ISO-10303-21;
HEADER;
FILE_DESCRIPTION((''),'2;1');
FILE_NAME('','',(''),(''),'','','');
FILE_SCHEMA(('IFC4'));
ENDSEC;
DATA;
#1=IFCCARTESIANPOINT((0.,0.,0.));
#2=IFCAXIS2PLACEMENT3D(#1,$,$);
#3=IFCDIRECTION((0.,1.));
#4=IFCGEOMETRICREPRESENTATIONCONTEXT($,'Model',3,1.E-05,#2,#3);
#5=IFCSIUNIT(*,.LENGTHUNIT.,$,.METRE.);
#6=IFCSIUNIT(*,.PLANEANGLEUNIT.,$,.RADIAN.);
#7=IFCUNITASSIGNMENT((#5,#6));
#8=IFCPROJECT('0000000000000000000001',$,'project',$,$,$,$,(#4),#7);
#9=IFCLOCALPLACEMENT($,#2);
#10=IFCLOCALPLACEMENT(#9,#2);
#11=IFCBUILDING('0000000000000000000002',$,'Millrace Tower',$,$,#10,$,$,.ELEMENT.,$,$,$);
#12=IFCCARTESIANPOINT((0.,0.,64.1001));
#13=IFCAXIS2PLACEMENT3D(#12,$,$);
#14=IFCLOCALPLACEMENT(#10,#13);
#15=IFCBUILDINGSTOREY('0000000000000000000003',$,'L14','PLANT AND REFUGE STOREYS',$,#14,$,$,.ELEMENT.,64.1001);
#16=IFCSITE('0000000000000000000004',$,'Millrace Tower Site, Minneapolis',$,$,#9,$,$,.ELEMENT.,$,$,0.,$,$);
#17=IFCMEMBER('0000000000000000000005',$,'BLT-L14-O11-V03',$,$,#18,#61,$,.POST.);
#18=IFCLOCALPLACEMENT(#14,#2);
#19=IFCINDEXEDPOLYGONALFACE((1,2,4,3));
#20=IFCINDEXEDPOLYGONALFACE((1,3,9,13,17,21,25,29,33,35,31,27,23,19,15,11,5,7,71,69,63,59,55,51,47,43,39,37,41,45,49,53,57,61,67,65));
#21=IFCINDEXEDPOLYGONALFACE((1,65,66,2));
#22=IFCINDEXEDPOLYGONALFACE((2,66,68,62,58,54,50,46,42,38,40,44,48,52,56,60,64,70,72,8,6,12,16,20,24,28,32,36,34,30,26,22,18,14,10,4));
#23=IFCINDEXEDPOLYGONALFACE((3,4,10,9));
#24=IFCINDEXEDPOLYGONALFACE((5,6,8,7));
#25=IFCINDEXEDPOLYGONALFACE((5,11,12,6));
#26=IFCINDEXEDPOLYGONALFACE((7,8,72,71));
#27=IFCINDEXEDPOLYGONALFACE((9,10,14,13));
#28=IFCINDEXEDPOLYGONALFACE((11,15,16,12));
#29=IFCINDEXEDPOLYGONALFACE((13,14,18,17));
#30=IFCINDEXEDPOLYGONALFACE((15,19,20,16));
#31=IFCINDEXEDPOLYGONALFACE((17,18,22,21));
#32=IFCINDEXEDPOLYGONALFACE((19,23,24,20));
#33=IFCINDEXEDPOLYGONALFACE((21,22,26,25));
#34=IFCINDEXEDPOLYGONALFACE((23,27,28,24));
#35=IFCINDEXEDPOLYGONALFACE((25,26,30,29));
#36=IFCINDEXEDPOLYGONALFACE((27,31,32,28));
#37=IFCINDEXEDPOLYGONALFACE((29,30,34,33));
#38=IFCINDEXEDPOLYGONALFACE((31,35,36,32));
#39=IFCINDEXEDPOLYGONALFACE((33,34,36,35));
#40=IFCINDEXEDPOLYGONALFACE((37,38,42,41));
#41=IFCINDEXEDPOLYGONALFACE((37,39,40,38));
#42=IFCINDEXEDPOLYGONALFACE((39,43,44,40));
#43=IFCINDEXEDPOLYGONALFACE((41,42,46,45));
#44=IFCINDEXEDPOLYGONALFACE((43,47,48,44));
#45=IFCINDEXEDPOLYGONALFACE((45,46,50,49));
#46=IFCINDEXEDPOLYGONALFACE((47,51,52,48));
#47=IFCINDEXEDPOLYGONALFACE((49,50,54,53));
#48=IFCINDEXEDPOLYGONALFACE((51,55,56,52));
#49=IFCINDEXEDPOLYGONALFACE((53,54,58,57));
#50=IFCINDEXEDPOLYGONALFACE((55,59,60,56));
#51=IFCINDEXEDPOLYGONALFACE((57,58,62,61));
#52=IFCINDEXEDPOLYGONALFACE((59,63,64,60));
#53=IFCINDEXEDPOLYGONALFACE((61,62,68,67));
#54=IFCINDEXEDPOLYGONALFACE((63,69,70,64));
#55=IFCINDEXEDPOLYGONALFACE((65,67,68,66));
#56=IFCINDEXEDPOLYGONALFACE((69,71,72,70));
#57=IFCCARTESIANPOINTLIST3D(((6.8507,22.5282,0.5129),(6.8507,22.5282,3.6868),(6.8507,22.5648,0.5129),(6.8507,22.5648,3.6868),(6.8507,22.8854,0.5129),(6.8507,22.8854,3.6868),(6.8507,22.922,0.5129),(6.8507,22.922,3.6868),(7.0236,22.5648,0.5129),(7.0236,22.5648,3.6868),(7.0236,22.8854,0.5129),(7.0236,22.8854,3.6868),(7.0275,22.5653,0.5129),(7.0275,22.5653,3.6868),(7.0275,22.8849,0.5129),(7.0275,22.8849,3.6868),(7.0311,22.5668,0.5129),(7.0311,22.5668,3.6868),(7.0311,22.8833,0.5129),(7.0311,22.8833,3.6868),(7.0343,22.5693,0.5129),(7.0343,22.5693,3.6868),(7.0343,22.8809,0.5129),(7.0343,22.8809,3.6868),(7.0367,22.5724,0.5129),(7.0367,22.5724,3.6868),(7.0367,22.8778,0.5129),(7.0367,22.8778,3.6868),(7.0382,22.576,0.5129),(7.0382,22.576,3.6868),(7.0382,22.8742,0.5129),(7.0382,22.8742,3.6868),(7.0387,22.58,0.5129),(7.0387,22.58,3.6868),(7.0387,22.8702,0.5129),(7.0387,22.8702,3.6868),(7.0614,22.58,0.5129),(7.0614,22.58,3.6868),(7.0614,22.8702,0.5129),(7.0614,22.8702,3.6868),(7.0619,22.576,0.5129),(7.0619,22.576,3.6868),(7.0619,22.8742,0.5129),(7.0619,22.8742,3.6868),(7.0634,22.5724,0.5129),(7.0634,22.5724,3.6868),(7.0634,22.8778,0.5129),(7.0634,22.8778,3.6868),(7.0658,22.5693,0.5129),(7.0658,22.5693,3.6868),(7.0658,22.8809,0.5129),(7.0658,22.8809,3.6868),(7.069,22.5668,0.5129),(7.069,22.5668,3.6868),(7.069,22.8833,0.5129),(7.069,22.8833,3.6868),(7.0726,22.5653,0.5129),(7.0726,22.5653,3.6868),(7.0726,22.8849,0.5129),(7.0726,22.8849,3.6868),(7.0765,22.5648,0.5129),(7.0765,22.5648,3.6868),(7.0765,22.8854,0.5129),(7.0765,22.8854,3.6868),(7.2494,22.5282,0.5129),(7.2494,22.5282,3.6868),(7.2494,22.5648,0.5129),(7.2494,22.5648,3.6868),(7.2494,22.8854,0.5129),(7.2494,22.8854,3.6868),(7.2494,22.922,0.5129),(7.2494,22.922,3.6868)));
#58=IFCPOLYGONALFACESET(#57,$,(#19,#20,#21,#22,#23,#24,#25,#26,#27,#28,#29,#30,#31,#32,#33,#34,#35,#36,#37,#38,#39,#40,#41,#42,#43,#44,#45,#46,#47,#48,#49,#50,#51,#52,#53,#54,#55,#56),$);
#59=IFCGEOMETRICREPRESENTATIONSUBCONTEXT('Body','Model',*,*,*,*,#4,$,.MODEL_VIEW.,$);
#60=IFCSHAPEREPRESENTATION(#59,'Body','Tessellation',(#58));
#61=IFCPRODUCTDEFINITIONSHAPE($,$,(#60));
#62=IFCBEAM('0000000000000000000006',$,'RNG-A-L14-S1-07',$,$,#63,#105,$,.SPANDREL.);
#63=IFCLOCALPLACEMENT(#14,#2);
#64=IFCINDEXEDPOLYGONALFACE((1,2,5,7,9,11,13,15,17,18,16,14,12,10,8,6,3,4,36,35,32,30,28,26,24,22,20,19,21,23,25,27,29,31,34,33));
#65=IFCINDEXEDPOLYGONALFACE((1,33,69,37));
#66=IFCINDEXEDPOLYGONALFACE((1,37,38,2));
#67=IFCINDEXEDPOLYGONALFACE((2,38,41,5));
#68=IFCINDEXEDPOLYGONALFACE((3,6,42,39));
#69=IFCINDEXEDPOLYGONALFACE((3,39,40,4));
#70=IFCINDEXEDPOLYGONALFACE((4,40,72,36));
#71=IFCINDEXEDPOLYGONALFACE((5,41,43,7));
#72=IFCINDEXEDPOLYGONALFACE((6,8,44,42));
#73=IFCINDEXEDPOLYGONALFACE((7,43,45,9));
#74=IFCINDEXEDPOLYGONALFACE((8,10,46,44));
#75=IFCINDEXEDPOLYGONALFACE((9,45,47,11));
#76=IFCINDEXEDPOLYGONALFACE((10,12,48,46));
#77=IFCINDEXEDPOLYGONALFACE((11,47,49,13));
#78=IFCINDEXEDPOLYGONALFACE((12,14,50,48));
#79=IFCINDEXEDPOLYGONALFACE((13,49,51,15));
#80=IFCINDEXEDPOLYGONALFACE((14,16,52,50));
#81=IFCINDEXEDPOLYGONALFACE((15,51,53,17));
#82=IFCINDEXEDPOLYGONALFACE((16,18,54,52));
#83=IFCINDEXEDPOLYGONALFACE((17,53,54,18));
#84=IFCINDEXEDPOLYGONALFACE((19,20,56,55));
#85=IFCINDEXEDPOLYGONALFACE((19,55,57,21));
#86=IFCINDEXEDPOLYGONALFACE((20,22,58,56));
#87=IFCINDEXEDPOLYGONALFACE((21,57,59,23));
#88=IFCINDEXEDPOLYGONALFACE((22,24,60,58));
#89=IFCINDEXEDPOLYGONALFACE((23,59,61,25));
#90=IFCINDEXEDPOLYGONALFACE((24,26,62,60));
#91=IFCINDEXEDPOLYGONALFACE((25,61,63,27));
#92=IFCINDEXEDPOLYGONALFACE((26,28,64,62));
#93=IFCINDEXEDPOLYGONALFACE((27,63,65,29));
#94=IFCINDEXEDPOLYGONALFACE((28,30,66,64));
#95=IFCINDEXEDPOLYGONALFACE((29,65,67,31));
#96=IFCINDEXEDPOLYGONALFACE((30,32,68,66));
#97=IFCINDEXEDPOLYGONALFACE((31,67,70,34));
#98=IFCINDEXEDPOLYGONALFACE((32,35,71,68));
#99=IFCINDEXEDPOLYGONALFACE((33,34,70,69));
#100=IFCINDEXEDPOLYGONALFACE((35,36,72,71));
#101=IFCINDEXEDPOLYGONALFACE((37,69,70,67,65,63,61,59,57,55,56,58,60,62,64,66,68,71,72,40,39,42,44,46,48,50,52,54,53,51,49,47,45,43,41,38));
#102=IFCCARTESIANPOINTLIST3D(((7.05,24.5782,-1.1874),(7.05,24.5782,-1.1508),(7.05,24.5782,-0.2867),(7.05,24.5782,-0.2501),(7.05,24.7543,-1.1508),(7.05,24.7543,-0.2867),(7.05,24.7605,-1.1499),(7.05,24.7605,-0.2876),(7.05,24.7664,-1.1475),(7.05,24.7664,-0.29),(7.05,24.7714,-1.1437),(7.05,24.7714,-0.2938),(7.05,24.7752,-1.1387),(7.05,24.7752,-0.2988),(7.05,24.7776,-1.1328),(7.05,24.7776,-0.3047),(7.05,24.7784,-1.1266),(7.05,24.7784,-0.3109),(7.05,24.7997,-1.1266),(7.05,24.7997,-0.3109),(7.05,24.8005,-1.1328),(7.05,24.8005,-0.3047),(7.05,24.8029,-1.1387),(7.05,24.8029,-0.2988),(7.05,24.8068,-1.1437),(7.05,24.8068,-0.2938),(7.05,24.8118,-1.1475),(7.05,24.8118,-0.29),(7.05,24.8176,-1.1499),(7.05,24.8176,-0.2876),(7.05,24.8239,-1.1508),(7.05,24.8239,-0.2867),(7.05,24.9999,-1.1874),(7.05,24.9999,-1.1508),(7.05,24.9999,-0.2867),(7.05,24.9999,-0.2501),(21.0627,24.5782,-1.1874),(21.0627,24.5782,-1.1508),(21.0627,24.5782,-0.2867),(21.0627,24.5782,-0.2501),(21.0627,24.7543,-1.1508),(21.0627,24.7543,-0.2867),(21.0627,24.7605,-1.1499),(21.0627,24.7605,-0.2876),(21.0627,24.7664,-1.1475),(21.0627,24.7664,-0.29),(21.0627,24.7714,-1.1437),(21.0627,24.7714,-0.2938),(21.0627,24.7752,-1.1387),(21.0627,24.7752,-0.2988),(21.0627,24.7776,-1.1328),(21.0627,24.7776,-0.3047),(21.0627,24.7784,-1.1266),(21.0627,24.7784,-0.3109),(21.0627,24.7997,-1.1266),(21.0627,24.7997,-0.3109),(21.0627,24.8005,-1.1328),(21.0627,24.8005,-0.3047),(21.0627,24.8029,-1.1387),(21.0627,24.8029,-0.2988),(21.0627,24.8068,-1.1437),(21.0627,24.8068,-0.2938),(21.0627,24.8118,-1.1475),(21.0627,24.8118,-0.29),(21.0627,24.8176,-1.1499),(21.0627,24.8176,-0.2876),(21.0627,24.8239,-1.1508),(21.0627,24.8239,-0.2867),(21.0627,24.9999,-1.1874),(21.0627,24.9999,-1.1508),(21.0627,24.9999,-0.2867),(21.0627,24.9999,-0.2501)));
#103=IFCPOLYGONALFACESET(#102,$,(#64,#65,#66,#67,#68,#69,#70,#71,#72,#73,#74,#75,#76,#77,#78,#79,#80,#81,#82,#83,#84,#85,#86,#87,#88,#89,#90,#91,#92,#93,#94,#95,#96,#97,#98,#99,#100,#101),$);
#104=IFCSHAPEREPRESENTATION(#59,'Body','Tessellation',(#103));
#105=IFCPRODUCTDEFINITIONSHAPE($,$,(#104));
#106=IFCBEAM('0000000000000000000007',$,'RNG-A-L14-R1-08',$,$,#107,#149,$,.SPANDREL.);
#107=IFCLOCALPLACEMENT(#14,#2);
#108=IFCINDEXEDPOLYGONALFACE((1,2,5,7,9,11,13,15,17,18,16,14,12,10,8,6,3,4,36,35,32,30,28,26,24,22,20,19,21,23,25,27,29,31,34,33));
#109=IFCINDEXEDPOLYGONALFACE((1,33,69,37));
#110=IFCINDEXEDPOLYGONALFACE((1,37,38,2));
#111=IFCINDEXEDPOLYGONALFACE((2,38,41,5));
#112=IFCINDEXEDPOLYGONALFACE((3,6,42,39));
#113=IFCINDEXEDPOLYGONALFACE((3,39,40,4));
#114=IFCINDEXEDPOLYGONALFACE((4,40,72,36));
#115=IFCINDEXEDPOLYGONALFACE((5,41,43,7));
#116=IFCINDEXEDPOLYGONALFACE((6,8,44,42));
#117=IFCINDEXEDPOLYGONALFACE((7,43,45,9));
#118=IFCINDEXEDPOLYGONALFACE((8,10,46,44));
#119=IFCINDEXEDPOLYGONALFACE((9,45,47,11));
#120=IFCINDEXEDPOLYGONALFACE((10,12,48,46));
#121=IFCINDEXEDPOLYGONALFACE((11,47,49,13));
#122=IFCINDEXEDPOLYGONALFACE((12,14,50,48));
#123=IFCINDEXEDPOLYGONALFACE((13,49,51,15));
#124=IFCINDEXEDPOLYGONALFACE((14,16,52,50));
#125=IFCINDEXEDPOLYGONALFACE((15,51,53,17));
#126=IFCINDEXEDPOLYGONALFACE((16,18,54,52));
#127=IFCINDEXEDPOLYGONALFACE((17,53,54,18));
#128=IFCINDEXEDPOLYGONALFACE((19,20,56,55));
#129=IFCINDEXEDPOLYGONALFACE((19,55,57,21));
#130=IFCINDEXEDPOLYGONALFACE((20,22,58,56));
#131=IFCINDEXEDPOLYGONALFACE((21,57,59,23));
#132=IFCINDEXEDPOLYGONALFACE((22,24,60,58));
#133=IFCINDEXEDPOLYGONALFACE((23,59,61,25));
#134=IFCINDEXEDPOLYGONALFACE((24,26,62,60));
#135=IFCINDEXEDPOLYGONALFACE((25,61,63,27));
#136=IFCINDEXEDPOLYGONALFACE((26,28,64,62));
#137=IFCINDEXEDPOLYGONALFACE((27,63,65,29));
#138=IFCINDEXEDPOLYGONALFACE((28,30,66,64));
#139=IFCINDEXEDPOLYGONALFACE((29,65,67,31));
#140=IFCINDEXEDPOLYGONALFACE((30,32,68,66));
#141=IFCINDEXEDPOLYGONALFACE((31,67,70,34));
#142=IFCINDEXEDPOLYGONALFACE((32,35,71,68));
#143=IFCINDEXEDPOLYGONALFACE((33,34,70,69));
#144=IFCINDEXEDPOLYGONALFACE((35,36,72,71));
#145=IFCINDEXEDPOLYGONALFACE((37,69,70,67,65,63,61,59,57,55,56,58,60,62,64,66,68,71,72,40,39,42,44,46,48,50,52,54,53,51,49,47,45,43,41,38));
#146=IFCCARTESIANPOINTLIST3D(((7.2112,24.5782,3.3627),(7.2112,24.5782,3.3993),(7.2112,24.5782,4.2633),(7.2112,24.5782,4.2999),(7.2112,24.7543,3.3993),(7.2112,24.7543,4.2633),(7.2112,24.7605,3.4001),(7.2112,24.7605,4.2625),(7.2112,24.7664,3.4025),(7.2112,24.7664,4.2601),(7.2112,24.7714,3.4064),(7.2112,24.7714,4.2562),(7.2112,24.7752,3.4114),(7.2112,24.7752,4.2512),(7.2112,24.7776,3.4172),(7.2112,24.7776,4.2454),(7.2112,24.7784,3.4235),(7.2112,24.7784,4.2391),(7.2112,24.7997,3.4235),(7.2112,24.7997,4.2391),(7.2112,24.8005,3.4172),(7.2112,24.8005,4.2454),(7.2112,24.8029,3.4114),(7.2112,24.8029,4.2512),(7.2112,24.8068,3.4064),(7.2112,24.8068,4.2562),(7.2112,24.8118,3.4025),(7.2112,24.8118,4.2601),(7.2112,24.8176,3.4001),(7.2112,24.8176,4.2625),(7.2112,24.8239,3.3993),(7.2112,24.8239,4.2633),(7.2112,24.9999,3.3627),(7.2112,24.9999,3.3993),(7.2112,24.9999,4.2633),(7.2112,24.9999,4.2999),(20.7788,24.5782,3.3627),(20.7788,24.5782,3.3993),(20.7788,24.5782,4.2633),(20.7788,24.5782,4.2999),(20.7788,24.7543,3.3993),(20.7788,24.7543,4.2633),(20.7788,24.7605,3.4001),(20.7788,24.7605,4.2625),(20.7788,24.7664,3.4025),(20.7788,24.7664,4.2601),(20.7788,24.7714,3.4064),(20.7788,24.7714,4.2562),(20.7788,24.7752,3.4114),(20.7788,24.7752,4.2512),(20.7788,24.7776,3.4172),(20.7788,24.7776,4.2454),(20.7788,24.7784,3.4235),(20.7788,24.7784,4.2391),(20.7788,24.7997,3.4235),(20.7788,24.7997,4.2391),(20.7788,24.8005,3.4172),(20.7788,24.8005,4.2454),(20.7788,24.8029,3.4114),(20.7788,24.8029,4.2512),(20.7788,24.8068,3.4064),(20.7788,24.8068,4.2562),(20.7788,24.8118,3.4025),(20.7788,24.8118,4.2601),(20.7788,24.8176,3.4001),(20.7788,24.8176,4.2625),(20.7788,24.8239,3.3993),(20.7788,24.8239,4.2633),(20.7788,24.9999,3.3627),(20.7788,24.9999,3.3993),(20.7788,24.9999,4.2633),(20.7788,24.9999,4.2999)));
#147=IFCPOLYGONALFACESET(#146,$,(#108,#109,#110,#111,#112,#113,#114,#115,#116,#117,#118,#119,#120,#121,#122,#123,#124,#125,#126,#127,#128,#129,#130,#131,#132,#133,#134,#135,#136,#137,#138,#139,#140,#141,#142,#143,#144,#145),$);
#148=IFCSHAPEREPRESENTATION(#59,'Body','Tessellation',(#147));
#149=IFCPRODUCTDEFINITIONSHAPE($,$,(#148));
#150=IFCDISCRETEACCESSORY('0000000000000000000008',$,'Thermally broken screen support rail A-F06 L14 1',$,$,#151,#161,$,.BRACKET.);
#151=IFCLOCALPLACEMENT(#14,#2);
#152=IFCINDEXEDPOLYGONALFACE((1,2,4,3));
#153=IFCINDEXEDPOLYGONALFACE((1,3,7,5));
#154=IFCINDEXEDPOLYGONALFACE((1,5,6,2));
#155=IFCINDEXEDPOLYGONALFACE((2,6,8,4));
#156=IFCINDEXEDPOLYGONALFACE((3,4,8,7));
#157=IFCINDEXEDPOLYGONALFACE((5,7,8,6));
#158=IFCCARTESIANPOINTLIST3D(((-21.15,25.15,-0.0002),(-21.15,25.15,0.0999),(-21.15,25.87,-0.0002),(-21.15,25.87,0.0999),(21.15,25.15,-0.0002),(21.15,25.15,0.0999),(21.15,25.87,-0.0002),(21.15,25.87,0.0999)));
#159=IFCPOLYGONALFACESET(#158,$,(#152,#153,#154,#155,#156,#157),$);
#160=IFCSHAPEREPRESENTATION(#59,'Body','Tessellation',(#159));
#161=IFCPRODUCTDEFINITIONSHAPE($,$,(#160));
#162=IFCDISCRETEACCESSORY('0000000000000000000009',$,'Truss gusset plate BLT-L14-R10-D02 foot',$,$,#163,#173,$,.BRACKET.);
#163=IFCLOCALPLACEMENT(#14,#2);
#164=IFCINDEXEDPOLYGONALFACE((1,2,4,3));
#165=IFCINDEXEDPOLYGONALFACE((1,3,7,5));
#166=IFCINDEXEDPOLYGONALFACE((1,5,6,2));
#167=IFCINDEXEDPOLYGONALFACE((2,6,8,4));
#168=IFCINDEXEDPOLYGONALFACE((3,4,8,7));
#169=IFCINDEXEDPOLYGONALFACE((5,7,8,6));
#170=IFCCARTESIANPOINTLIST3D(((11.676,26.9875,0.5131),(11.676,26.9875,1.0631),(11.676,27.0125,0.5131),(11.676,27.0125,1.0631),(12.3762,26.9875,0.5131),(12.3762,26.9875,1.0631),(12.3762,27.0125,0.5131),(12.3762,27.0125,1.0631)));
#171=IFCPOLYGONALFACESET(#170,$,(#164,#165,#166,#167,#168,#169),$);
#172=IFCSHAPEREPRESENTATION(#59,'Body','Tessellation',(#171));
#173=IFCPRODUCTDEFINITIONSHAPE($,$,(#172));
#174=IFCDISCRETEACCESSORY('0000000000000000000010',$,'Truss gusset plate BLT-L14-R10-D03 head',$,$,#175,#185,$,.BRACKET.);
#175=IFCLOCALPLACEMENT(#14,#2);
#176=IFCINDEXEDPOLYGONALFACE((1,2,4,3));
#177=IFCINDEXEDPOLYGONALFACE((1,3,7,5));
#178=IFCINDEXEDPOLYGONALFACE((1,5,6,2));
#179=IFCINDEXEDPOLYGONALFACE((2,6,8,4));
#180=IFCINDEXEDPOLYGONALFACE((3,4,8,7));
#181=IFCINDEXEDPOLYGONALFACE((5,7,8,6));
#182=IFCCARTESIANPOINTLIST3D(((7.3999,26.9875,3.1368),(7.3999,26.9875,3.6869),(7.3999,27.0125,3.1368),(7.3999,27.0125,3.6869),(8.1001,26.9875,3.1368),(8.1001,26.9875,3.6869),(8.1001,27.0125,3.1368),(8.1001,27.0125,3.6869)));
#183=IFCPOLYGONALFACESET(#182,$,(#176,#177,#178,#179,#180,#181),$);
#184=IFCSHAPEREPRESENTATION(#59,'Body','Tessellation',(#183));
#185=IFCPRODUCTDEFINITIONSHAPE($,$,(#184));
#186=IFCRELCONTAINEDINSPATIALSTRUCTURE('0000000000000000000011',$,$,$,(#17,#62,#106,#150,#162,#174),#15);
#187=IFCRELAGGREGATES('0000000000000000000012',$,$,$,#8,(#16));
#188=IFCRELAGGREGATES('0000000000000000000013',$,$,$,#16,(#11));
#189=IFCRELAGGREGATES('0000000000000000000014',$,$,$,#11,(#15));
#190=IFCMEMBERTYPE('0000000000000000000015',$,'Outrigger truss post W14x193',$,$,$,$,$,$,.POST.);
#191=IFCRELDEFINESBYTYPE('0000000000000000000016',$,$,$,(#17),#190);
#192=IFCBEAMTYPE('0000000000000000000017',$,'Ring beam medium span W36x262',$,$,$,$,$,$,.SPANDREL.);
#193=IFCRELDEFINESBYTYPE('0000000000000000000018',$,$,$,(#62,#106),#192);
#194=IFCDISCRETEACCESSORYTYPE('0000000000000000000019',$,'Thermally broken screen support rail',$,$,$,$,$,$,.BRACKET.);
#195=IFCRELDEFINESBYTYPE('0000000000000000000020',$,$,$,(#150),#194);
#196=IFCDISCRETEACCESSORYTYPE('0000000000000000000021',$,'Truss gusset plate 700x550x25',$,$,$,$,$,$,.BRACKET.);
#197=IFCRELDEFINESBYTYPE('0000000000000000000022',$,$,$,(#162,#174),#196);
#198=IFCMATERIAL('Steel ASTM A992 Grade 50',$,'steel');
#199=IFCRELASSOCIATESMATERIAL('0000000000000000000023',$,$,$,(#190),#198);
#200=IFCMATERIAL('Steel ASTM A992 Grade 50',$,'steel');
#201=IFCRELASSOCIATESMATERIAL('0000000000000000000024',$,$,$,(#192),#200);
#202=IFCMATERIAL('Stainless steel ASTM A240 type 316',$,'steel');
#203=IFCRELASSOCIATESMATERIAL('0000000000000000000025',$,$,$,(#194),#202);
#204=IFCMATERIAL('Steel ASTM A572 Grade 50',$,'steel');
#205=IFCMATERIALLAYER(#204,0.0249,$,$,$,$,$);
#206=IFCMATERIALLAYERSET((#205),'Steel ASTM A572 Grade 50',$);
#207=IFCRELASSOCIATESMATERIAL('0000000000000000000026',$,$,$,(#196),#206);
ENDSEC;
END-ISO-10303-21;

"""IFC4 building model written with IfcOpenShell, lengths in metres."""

from ifc_helpers import new_model, si_unit, direction, frame, origin, origin_2d, place, context, subcontext, project, spatial, rectangle, i_section, extrude, material, layer, layer_set, material_profile, profile_set, type_object, element, save


model = new_model("IFC4")

# Units and contexts
model_context = context("Model", 3, precision=1e-05, world=origin(), true_north=direction((0.0, 1.0)))
body_context = subcontext(model_context, "Body", "Model", "MODEL_VIEW")
ifc_project = project(units=[si_unit("LENGTHUNIT", "METRE"), si_unit("PLANEANGLEUNIT", "RADIAN")], contexts=[model_context])

# Site, building, storey
site_placement = place(None, origin())
site = spatial("IfcSite", under=ifc_project, at=site_placement, Name="Millrace Tower Site, Minneapolis", CompositionType="ELEMENT", RefElevation=0.0)
building_placement = place(site_placement, origin())
building = spatial("IfcBuilding", under=site, at=building_placement, Name="Millrace Tower", CompositionType="ELEMENT")
storey_placement = place(building_placement, frame((0.0, 0.0, 64.1001)))
storey = spatial("IfcBuildingStorey", under=building, at=storey_placement, Name="L14", Description="PLANT AND REFUGE STOREYS", CompositionType="ELEMENT", Elevation=64.1001)

# Member
ifc_material_1 = material(Name="Steel ASTM A992 Grade 50", Category="steel")
ifc_material_profile_1 = material_profile(ifc_material_1, i_section(OverallWidth=0.3987, OverallDepth=0.3938, WebThickness=0.0227, FlangeThickness=0.0366, FilletRadius=0.0151, at=origin_2d()))
ifc_profile_set_1 = profile_set([ifc_material_profile_1], Name="Steel ASTM A992 Grade 50")
member_type_1 = type_object("IfcMemberType", Name="Outrigger truss post W14x193", PredefinedType="POST", material=ifc_profile_set_1)
member_1_placement = place(storey_placement, frame((7.05, 22.7251, 0.5129), z_axis=(0.0, 0.0, 1.0), x_axis=(1.0, 0.0, 0.0)))
element("IfcMember", 1, at=member_1_placement, inside=storey, type_object=member_type_1, Name="BLT-L14-O11-V03", PredefinedType="POST", context=body_context, shape_type="SweptSolid", body=[
    extrude(i_section(OverallWidth=0.3987, OverallDepth=0.3938, WebThickness=0.0227, FlangeThickness=0.0366, FilletRadius=0.0151, at=origin_2d()), origin(), (0.0, 0.0, 1.0), 3.1738),
])

# Beams
ifc_material_2 = material(Name="Steel ASTM A992 Grade 50", Category="steel")
ifc_material_profile_2 = material_profile(ifc_material_2, i_section(OverallWidth=0.4216, OverallDepth=0.9373, WebThickness=0.0212, FlangeThickness=0.0366, FilletRadius=0.0242, at=origin_2d()))
ifc_profile_set_2 = profile_set([ifc_material_profile_2], Name="Steel ASTM A992 Grade 50")
beam_type_1 = type_object("IfcBeamType", Name="Ring beam medium span W36x262", PredefinedType="SPANDREL", material=ifc_profile_set_2)
beam_1_placement = place(storey_placement, frame((7.05, 24.7891, -0.7188), z_axis=(1.0, 0.0, 0.0), x_axis=(0.0, 1.0, 0.0)))
element("IfcBeam", 2, at=beam_1_placement, inside=storey, type_object=beam_type_1, Name="RNG-A-L14-S1-07", PredefinedType="SPANDREL", context=body_context, shape_type="SweptSolid", body=[
    extrude(i_section(OverallWidth=0.4216, OverallDepth=0.9373, WebThickness=0.0212, FlangeThickness=0.0366, FilletRadius=0.0242, at=origin_2d()), origin(), (0.0, 0.0, 1.0), 14.0127),
])
beam_2_placement = place(storey_placement, frame((7.2112, 24.7891, 3.8313), z_axis=(1.0, 0.0, 0.0), x_axis=(0.0, 1.0, 0.0)))
element("IfcBeam", 3, at=beam_2_placement, inside=storey, type_object=beam_type_1, Name="RNG-A-L14-R1-08", PredefinedType="SPANDREL", context=body_context, shape_type="SweptSolid", body=[
    extrude(i_section(OverallWidth=0.4216, OverallDepth=0.9373, WebThickness=0.0212, FlangeThickness=0.0366, FilletRadius=0.0242, at=origin_2d()), origin(), (0.0, 0.0, 1.0), 13.5676),
])

# Discrete accessories
ifc_material_3 = material(Name="Stainless steel ASTM A240 type 316", Category="steel")
discrete_accessory_type_1 = type_object("IfcDiscreteAccessoryType", Name="Thermally broken screen support rail", PredefinedType="BRACKET", material=ifc_material_3)
discrete_accessory_placement = place(storey_placement, frame((0.0, 25.51, -0.0002), z_axis=(0.0, 0.0, 1.0), x_axis=(-1.0, 0.0, 0.0)))
element("IfcDiscreteAccessory", 4, at=discrete_accessory_placement, inside=storey, type_object=discrete_accessory_type_1, Name="Thermally broken screen support rail A-F06 L14 1", PredefinedType="BRACKET", context=body_context, shape_type="SweptSolid", body=[
    extrude(rectangle(XDim=42.3, YDim=0.72, at=origin_2d()), origin(), (0.0, 0.0, 1.0), 0.1001),
])
ifc_material_4 = material(Name="Steel ASTM A572 Grade 50", Category="steel")
ifc_layer_1 = layer(ifc_material_4, 0.0249)
ifc_layer_set_1 = layer_set([ifc_layer_1], Name="Steel ASTM A572 Grade 50")
discrete_accessory_type_2 = type_object("IfcDiscreteAccessoryType", Name="Truss gusset plate 700x550x25", PredefinedType="BRACKET", material=ifc_layer_set_1)
for number, where, z_axis, x_axis, name in (
    (5, (11.676, 27.0, 0.7881), (1.0, 0.0, 0.0), (0.0, 1.0, 0.0), "Truss gusset plate BLT-L14-R10-D02 foot"),
    (6, (7.3999, 27.0, 3.4119), (1.0, 0.0, 0.0), (0.0, 1.0, 0.0), "Truss gusset plate BLT-L14-R10-D03 head"),
):
    element("IfcDiscreteAccessory", number, at=place(storey_placement, frame(where, z_axis=z_axis, x_axis=x_axis)), inside=storey, type_object=discrete_accessory_type_2, Name=name, PredefinedType="BRACKET", context=body_context, shape_type="SweptSolid", body=[
        extrude(rectangle(XDim=0.0249, YDim=0.55, at=origin_2d()), origin(), (0.0, 0.0, 1.0), 0.7002),
    ])

save(model, "model.ifc")
